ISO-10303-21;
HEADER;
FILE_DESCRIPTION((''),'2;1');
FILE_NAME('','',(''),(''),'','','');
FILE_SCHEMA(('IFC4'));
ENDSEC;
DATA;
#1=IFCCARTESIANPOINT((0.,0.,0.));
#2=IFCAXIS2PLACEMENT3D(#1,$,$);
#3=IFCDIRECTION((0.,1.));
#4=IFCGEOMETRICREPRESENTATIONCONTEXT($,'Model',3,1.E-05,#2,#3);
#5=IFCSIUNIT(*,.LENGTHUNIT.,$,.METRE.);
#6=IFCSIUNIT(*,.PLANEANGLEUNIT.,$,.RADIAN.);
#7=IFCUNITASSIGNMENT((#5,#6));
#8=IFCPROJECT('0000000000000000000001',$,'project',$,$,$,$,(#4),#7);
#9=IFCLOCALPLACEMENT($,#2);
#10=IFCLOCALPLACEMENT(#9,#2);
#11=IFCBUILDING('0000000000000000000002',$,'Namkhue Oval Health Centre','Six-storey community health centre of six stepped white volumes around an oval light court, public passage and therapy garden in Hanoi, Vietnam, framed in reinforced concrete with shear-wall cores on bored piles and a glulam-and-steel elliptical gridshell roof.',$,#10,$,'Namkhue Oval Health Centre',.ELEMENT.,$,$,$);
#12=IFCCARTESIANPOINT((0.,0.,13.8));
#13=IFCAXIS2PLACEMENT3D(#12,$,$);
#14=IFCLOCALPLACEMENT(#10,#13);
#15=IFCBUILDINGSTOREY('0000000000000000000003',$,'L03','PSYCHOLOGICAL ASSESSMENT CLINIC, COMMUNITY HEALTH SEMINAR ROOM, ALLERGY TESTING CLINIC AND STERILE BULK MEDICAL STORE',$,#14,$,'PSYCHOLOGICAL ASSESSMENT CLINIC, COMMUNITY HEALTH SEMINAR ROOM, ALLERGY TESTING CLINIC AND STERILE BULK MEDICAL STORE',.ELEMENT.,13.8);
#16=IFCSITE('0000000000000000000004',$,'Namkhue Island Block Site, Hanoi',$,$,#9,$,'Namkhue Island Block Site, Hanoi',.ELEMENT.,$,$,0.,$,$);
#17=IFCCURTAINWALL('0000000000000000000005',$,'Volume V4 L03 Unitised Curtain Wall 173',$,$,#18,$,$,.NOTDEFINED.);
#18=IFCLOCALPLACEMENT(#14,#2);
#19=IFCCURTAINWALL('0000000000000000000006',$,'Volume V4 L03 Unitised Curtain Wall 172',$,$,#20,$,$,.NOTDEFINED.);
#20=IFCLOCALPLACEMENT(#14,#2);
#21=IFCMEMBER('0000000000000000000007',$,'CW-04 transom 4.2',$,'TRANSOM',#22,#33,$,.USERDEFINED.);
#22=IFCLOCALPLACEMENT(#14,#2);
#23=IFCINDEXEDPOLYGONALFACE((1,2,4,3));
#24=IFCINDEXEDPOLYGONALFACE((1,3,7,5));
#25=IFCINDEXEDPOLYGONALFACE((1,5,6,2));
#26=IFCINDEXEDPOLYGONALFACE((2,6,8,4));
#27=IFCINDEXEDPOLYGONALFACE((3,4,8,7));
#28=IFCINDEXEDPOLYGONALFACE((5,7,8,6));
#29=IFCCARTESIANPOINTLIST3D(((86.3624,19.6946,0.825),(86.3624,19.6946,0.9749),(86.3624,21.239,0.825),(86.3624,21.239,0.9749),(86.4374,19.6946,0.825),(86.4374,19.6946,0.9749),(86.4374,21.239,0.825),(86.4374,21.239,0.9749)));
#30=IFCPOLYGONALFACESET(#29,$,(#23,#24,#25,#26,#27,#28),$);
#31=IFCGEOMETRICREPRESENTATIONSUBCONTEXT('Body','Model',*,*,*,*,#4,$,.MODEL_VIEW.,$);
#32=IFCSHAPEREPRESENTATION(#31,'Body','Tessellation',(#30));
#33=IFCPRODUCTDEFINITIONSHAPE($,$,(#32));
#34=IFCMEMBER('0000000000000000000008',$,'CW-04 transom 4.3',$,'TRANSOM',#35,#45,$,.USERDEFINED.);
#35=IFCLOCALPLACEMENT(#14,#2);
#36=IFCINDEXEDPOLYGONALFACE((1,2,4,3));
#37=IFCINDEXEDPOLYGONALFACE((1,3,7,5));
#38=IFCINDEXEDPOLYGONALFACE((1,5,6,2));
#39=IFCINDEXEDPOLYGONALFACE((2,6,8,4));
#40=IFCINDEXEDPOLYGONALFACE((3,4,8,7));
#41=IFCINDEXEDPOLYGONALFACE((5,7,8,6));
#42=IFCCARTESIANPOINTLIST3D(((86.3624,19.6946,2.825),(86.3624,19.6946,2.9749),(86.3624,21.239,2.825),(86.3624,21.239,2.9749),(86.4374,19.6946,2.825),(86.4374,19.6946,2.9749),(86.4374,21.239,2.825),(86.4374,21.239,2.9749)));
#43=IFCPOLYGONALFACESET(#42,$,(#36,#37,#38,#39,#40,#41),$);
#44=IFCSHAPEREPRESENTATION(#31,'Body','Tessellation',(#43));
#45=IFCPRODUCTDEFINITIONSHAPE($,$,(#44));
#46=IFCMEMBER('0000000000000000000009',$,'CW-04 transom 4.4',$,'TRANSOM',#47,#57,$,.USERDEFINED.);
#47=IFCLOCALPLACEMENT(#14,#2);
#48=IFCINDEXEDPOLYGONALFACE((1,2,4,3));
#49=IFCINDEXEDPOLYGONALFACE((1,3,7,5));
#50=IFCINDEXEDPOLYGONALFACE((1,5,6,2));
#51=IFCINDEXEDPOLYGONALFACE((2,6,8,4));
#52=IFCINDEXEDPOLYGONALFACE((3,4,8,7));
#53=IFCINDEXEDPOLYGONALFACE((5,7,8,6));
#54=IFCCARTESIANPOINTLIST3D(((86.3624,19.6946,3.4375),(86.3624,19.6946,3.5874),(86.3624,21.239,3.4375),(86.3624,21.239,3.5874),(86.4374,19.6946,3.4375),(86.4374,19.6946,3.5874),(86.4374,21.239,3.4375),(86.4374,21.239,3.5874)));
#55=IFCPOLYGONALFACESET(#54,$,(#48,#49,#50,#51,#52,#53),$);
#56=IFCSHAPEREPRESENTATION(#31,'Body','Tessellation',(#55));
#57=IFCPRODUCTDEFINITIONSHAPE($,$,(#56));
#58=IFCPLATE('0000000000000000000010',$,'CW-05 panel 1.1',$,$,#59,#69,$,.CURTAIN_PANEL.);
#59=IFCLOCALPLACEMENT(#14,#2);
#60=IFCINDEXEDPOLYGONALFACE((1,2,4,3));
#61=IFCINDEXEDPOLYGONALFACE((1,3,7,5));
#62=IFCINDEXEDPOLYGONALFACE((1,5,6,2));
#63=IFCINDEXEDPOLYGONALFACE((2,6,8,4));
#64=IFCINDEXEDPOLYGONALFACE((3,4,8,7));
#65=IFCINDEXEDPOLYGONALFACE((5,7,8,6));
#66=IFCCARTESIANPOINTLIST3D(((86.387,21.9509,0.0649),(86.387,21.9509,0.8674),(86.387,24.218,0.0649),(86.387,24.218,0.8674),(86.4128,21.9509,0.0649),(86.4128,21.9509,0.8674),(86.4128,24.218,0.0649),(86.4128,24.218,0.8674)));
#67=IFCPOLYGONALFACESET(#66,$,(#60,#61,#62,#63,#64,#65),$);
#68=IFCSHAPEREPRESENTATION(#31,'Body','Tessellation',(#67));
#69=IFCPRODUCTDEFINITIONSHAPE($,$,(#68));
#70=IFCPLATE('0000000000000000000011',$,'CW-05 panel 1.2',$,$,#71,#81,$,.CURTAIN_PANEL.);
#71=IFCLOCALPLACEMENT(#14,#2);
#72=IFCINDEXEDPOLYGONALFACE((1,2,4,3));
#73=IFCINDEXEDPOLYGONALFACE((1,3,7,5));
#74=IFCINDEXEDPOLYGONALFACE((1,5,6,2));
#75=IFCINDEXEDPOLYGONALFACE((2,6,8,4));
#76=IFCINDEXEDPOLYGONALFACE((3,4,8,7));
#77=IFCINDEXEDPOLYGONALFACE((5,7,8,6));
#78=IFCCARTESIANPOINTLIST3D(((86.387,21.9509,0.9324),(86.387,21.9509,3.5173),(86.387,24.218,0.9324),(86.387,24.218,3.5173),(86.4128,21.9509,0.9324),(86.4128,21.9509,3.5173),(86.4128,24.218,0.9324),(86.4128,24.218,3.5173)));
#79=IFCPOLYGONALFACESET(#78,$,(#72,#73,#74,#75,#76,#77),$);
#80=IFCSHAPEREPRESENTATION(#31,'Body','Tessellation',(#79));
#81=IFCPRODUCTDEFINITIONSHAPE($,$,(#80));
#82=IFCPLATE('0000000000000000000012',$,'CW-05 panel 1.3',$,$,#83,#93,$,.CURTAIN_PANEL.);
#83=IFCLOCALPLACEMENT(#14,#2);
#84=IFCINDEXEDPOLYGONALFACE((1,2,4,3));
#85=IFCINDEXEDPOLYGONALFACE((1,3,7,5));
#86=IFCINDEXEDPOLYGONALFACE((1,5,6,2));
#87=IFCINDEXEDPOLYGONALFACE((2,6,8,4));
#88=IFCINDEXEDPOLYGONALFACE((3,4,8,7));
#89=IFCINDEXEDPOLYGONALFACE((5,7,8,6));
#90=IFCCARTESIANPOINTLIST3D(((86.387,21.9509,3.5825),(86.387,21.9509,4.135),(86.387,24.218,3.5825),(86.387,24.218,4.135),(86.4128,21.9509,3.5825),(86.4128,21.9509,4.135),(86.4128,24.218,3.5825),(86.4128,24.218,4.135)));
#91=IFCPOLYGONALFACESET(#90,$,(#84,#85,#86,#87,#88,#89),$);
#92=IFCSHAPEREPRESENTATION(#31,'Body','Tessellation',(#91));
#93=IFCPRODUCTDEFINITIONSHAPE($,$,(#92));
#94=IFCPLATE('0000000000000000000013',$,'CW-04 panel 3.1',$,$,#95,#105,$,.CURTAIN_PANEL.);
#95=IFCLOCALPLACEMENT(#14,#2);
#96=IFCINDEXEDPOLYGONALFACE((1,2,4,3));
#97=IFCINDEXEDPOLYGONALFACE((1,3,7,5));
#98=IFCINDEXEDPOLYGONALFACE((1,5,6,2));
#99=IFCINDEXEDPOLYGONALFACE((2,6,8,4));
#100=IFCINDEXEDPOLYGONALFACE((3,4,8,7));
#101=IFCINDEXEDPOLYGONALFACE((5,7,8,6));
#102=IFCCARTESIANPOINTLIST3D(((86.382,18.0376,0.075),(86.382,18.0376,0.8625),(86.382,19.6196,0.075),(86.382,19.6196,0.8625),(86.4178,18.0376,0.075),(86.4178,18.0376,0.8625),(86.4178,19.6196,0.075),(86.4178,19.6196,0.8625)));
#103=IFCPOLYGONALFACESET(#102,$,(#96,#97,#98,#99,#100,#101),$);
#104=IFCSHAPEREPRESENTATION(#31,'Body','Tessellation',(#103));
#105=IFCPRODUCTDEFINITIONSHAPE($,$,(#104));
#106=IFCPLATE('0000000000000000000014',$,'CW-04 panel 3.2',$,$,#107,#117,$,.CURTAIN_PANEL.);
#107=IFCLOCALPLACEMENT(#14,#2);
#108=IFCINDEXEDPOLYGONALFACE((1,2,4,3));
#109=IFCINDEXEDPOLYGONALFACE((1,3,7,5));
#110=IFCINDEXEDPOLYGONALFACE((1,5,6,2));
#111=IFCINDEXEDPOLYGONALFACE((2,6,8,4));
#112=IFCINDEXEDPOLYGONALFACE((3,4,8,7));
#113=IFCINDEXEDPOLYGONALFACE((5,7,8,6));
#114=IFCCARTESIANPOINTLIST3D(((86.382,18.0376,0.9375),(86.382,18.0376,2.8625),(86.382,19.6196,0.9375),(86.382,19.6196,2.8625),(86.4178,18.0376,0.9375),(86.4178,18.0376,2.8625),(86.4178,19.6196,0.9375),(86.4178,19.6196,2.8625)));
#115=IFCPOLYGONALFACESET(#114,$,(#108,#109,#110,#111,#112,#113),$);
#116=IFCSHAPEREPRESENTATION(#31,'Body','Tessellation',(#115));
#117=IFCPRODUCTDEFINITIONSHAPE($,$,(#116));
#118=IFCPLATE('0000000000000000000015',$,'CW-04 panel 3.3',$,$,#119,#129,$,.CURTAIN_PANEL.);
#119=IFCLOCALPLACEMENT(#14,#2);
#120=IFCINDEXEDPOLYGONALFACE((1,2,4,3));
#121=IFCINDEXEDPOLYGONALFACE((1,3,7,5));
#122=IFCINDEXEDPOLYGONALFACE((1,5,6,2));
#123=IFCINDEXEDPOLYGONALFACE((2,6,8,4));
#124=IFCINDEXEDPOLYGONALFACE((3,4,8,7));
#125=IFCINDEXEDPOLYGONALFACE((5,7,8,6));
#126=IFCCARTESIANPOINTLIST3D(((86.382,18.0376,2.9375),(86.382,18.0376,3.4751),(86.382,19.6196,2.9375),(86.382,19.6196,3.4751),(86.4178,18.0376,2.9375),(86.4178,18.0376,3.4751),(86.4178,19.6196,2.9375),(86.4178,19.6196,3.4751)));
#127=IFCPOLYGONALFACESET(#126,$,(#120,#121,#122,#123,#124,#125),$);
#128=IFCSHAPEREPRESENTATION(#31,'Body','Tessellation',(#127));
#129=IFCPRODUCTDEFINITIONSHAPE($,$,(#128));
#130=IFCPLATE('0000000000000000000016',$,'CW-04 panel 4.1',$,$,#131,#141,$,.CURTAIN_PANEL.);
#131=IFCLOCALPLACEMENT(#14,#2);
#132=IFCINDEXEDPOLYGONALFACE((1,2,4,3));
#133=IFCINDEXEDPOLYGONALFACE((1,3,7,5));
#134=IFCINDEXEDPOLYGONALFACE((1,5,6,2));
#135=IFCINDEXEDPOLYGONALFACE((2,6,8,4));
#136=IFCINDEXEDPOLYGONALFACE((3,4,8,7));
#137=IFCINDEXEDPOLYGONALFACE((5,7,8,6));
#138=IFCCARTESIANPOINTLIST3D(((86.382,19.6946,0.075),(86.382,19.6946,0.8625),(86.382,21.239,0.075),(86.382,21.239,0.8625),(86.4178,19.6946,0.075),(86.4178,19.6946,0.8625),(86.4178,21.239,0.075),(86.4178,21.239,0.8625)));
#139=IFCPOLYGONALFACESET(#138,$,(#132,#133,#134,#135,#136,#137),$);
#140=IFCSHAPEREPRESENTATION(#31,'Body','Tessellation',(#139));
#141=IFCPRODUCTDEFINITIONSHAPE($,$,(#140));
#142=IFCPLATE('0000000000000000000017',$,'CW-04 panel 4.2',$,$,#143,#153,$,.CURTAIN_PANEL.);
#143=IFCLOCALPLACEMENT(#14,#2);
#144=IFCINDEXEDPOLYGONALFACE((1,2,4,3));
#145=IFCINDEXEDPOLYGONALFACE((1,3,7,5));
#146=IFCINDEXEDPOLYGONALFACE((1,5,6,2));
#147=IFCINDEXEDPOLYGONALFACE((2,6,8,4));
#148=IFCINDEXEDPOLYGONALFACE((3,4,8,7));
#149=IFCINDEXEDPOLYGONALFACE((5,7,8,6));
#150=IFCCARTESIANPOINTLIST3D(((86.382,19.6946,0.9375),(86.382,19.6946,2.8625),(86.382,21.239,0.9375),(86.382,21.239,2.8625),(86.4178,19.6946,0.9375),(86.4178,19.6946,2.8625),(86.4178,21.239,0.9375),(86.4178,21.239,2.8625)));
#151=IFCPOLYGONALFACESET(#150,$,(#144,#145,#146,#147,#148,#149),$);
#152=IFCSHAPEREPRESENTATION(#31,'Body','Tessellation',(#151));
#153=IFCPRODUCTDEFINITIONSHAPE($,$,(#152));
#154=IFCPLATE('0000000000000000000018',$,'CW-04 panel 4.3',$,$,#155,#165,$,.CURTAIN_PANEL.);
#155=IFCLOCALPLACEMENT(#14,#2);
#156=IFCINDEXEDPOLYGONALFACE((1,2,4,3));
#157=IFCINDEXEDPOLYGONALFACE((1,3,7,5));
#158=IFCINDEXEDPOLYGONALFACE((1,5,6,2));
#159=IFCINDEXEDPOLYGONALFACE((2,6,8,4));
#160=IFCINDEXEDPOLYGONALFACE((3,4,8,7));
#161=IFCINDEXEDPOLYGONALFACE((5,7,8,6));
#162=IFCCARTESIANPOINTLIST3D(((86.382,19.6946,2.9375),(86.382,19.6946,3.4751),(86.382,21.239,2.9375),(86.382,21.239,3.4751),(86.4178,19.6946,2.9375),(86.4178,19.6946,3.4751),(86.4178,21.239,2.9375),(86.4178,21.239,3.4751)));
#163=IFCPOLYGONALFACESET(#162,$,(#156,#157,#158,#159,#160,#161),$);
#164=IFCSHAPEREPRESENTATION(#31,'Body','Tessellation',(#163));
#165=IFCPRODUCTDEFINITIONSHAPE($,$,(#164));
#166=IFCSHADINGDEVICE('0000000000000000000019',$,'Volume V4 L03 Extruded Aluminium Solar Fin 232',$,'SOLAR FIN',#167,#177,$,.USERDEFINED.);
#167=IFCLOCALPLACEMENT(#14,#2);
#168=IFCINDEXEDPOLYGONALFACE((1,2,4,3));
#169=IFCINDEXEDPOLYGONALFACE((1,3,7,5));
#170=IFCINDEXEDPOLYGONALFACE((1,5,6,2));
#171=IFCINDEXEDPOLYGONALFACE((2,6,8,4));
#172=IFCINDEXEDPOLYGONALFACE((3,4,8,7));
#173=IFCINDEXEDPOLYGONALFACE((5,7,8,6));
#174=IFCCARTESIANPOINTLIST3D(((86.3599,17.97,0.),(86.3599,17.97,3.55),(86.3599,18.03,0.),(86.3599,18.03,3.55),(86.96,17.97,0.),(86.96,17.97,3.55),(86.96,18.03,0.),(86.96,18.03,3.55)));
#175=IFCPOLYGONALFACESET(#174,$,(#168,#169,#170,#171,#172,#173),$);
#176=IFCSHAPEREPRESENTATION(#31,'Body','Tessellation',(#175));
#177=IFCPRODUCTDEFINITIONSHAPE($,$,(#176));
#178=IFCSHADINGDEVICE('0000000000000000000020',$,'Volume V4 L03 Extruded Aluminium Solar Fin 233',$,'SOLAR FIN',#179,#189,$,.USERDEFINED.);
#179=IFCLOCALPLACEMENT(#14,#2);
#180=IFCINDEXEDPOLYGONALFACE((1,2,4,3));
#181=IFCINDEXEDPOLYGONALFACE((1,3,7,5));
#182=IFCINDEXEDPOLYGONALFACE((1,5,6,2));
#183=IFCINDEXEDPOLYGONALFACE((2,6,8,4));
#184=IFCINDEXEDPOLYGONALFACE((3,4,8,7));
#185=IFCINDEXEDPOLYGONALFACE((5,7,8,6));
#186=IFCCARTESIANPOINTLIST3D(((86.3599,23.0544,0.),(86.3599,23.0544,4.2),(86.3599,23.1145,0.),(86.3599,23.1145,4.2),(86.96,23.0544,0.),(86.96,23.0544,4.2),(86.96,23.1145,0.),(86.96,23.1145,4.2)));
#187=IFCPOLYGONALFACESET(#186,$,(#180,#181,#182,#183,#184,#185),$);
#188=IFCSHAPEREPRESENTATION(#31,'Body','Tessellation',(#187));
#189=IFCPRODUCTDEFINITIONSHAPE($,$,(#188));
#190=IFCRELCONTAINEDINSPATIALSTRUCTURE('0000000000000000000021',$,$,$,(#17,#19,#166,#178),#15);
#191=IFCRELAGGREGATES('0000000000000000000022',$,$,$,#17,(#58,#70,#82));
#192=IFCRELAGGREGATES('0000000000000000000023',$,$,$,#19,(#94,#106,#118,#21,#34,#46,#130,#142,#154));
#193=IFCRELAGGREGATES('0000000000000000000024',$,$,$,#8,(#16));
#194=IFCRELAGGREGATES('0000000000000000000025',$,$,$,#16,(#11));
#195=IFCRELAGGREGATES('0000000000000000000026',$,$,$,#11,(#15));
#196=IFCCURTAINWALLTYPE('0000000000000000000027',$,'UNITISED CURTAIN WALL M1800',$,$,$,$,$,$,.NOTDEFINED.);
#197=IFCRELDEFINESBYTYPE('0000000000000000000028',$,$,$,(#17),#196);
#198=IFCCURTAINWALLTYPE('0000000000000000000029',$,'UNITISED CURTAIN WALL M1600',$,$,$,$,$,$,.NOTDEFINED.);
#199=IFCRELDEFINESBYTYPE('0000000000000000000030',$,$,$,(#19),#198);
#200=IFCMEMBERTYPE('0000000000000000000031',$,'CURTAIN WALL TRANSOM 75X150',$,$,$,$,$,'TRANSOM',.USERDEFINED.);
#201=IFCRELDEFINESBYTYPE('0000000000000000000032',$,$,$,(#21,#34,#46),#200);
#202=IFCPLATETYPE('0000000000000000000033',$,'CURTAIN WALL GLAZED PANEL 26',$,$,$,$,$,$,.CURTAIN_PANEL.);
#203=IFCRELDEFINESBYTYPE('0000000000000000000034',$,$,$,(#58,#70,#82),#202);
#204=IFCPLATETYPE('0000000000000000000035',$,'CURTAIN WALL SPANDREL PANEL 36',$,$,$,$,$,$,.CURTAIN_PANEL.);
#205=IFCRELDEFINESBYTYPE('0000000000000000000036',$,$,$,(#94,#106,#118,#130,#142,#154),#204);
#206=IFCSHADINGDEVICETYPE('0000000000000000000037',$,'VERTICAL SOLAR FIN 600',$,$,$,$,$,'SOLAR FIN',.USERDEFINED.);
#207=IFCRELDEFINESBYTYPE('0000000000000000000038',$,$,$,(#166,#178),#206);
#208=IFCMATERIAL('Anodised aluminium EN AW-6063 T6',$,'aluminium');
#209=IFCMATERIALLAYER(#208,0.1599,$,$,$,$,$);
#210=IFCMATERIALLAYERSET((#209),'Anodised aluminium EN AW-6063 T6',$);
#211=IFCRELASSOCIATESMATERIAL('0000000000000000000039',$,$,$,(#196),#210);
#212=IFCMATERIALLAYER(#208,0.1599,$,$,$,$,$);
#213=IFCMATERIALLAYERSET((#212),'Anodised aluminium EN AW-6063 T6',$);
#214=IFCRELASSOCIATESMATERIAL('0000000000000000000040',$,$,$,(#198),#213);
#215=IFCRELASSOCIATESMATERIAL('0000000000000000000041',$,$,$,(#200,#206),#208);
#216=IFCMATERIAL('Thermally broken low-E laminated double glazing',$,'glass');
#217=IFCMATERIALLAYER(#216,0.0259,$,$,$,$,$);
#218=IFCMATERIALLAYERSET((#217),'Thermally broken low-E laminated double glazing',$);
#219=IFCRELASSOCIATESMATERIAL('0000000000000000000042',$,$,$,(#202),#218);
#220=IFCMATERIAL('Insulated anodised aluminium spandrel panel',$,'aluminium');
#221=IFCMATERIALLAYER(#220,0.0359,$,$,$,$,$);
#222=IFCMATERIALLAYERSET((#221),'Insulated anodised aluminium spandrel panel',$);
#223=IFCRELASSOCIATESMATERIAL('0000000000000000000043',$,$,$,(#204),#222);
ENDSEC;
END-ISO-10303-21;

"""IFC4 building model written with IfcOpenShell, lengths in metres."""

from ifc_helpers import new_model, si_unit, direction, frame, origin, origin_2d, place, context, subcontext, project, spatial, rectangle, extrude, material, layer, layer_set, material_profile, profile_set, type_object, element, aggregate, save


model = new_model("IFC4")

# Units and contexts
model_context = context("Model", 3, precision=1e-05, world=origin(), true_north=direction((0.0, 1.0)))
body_context = subcontext(model_context, "Body", "Model", "MODEL_VIEW")
ifc_project = project(units=[si_unit("LENGTHUNIT", "METRE"), si_unit("PLANEANGLEUNIT", "RADIAN")], contexts=[model_context])

# Site, building, storey
site_placement = place(None, origin())
site = spatial("IfcSite", under=ifc_project, at=site_placement, Name="Namkhue Island Block Site, Hanoi", LongName="Namkhue Island Block Site, Hanoi", CompositionType="ELEMENT", RefElevation=0.0)
building_placement = place(site_placement, origin())
building = spatial("IfcBuilding", under=site, at=building_placement, Name="Namkhue Oval Health Centre", Description="Six-storey community health centre of six stepped white volumes around an oval light court, public passage and therapy garden in Hanoi, Vietnam, framed in reinforced concrete with shear-wall cores on bored piles and a glulam-and-steel elliptical gridshell roof.", LongName="Namkhue Oval Health Centre", CompositionType="ELEMENT")
storey_placement = place(building_placement, frame((0.0, 0.0, 13.8)))
storey = spatial("IfcBuildingStorey", under=building, at=storey_placement, Name="L03", Description="PSYCHOLOGICAL ASSESSMENT CLINIC, COMMUNITY HEALTH SEMINAR ROOM, ALLERGY TESTING CLINIC AND STERILE BULK MEDICAL STORE", LongName="PSYCHOLOGICAL ASSESSMENT CLINIC, COMMUNITY HEALTH SEMINAR ROOM, ALLERGY TESTING CLINIC AND STERILE BULK MEDICAL STORE", CompositionType="ELEMENT", Elevation=13.8)

# Curtain walls
ifc_material_1 = material(Name="Anodised aluminium EN AW-6063 T6", Category="aluminium")
ifc_layer_1 = layer(ifc_material_1, 0.1599)
ifc_layer_set_1 = layer_set([ifc_layer_1], Name="Anodised aluminium EN AW-6063 T6")
curtain_wall_type_1 = type_object("IfcCurtainWallType", Name="UNITISED CURTAIN WALL M1800", PredefinedType="NOTDEFINED", material=ifc_layer_set_1)
curtain_wall_1_placement = place(storey_placement, origin())
curtain_wall_1 = element("IfcCurtainWall", 1, at=curtain_wall_1_placement, inside=storey, type_object=curtain_wall_type_1, Name="Volume V4 L03 Unitised Curtain Wall 173", PredefinedType="NOTDEFINED")
ifc_layer_2 = layer(ifc_material_1, 0.1599)
ifc_layer_set_2 = layer_set([ifc_layer_2], Name="Anodised aluminium EN AW-6063 T6")
curtain_wall_type_2 = type_object("IfcCurtainWallType", Name="UNITISED CURTAIN WALL M1600", PredefinedType="NOTDEFINED", material=ifc_layer_set_2)
curtain_wall_2_placement = place(storey_placement, origin())
curtain_wall_2 = element("IfcCurtainWall", 2, at=curtain_wall_2_placement, inside=storey, type_object=curtain_wall_type_2, Name="Volume V4 L03 Unitised Curtain Wall 172", PredefinedType="NOTDEFINED")

# Members
ifc_material_profile_1 = material_profile(ifc_material_1, rectangle(XDim=0.075, YDim=0.1499, at=origin_2d()), Name="ALU 75x150")
ifc_profile_set_1 = profile_set([ifc_material_profile_1], Name="Anodised aluminium EN AW-6063 T6")
member_type_1 = type_object("IfcMemberType", Name="CURTAIN WALL TRANSOM 75X150", ElementType="TRANSOM", PredefinedType="USERDEFINED", material=ifc_profile_set_1)
member_1_placement = place(storey_placement, frame((86.3999, 19.6946, 0.8999), z_axis=(0.0, 1.0, 0.0), x_axis=(-1.0, 0.0, 0.0)))
member_1 = element("IfcMember", 3, at=member_1_placement, type_object=member_type_1, Name="CW-04 transom 4.2", ObjectType="TRANSOM", PredefinedType="USERDEFINED", context=body_context, shape_type="SweptSolid", body=[
    extrude(rectangle(XDim=0.075, YDim=0.1499, at=origin_2d()), origin(), (0.0, 0.0, 1.0), 1.5444),
])
member_2_placement = place(storey_placement, frame((86.3999, 19.6946, 2.8999), z_axis=(0.0, 1.0, 0.0), x_axis=(-1.0, 0.0, 0.0)))
member_2 = element("IfcMember", 4, at=member_2_placement, type_object=member_type_1, Name="CW-04 transom 4.3", ObjectType="TRANSOM", PredefinedType="USERDEFINED", context=body_context, shape_type="SweptSolid", body=[
    extrude(rectangle(XDim=0.075, YDim=0.1499, at=origin_2d()), origin(), (0.0, 0.0, 1.0), 1.5444),
])
member_3_placement = place(storey_placement, frame((86.3999, 19.6946, 3.5125), z_axis=(0.0, 1.0, 0.0), x_axis=(-1.0, 0.0, 0.0)))
member_3 = element("IfcMember", 5, at=member_3_placement, type_object=member_type_1, Name="CW-04 transom 4.4", ObjectType="TRANSOM", PredefinedType="USERDEFINED", context=body_context, shape_type="SweptSolid", body=[
    extrude(rectangle(XDim=0.075, YDim=0.1499, at=origin_2d()), origin(), (0.0, 0.0, 1.0), 1.5444),
])

# Plates
ifc_material_2 = material(Name="Thermally broken low-E laminated double glazing", Category="glass")
ifc_layer_3 = layer(ifc_material_2, 0.0259)
ifc_layer_set_3 = layer_set([ifc_layer_3], Name="Thermally broken low-E laminated double glazing")
plate_type_1 = type_object("IfcPlateType", Name="CURTAIN WALL GLAZED PANEL 26", PredefinedType="CURTAIN_PANEL", material=ifc_layer_set_3)
plate_1_placement = place(storey_placement, frame((86.3999, 23.0845, 0.0649), z_axis=(0.0, 0.0, 1.0), x_axis=(0.0, 1.0, 0.0)))
plate_1 = element("IfcPlate", 6, at=plate_1_placement, type_object=plate_type_1, Name="CW-05 panel 1.1", PredefinedType="CURTAIN_PANEL", context=body_context, shape_type="SweptSolid", body=[
    extrude(rectangle(XDim=2.2671, YDim=0.0259, at=origin_2d()), origin(), (0.0, 0.0, 1.0), 0.8025),
])
plate_2_placement = place(storey_placement, frame((86.3999, 23.0845, 0.9324), z_axis=(0.0, 0.0, 1.0), x_axis=(0.0, 1.0, 0.0)))
plate_2 = element("IfcPlate", 7, at=plate_2_placement, type_object=plate_type_1, Name="CW-05 panel 1.2", PredefinedType="CURTAIN_PANEL", context=body_context, shape_type="SweptSolid", body=[
    extrude(rectangle(XDim=2.2671, YDim=0.0259, at=origin_2d()), origin(), (0.0, 0.0, 1.0), 2.585),
])
plate_3_placement = place(storey_placement, frame((86.3999, 23.0845, 3.5825), z_axis=(0.0, 0.0, 1.0), x_axis=(0.0, 1.0, 0.0)))
plate_3 = element("IfcPlate", 8, at=plate_3_placement, type_object=plate_type_1, Name="CW-05 panel 1.3", PredefinedType="CURTAIN_PANEL", context=body_context, shape_type="SweptSolid", body=[
    extrude(rectangle(XDim=2.2671, YDim=0.0259, at=origin_2d()), origin(), (0.0, 0.0, 1.0), 0.5525),
])
aggregate(curtain_wall_1, [plate_1, plate_2, plate_3])
ifc_material_3 = material(Name="Insulated anodised aluminium spandrel panel", Category="aluminium")
ifc_layer_4 = layer(ifc_material_3, 0.0359)
ifc_layer_set_4 = layer_set([ifc_layer_4], Name="Insulated anodised aluminium spandrel panel")
plate_type_2 = type_object("IfcPlateType", Name="CURTAIN WALL SPANDREL PANEL 36", PredefinedType="CURTAIN_PANEL", material=ifc_layer_set_4)
plate_4_placement = place(storey_placement, frame((86.3999, 18.8286, 0.075), z_axis=(0.0, 0.0, 1.0), x_axis=(0.0, 1.0, 0.0)))
plate_4 = element("IfcPlate", 9, at=plate_4_placement, type_object=plate_type_2, Name="CW-04 panel 3.1", PredefinedType="CURTAIN_PANEL", context=body_context, shape_type="SweptSolid", body=[
    extrude(rectangle(XDim=1.582, YDim=0.0359, at=origin_2d()), origin(), (0.0, 0.0, 1.0), 0.7876),
])
plate_5_placement = place(storey_placement, frame((86.3999, 18.8286, 0.9375), z_axis=(0.0, 0.0, 1.0), x_axis=(0.0, 1.0, 0.0)))
plate_5 = element("IfcPlate", 10, at=plate_5_placement, type_object=plate_type_2, Name="CW-04 panel 3.2", PredefinedType="CURTAIN_PANEL", context=body_context, shape_type="SweptSolid", body=[
    extrude(rectangle(XDim=1.582, YDim=0.0359, at=origin_2d()), origin(), (0.0, 0.0, 1.0), 1.925),
])
plate_6_placement = place(storey_placement, frame((86.3999, 18.8286, 2.9375), z_axis=(0.0, 0.0, 1.0), x_axis=(0.0, 1.0, 0.0)))
plate_6 = element("IfcPlate", 11, at=plate_6_placement, type_object=plate_type_2, Name="CW-04 panel 3.3", PredefinedType="CURTAIN_PANEL", context=body_context, shape_type="SweptSolid", body=[
    extrude(rectangle(XDim=1.582, YDim=0.0359, at=origin_2d()), origin(), (0.0, 0.0, 1.0), 0.5376),
])
plate_7_placement = place(storey_placement, frame((86.3999, 20.4668, 0.075), z_axis=(0.0, 0.0, 1.0), x_axis=(0.0, 1.0, 0.0)))
plate_7 = element("IfcPlate", 12, at=plate_7_placement, type_object=plate_type_2, Name="CW-04 panel 4.1", PredefinedType="CURTAIN_PANEL", context=body_context, shape_type="SweptSolid", body=[
    extrude(rectangle(XDim=1.5444, YDim=0.0359, at=origin_2d()), origin(), (0.0, 0.0, 1.0), 0.7876),
])
plate_8_placement = place(storey_placement, frame((86.3999, 20.4668, 0.9375), z_axis=(0.0, 0.0, 1.0), x_axis=(0.0, 1.0, 0.0)))
plate_8 = element("IfcPlate", 13, at=plate_8_placement, type_object=plate_type_2, Name="CW-04 panel 4.2", PredefinedType="CURTAIN_PANEL", context=body_context, shape_type="SweptSolid", body=[
    extrude(rectangle(XDim=1.5444, YDim=0.0359, at=origin_2d()), origin(), (0.0, 0.0, 1.0), 1.925),
])
plate_9_placement = place(storey_placement, frame((86.3999, 20.4668, 2.9375), z_axis=(0.0, 0.0, 1.0), x_axis=(0.0, 1.0, 0.0)))
plate_9 = element("IfcPlate", 14, at=plate_9_placement, type_object=plate_type_2, Name="CW-04 panel 4.3", PredefinedType="CURTAIN_PANEL", context=body_context, shape_type="SweptSolid", body=[
    extrude(rectangle(XDim=1.5444, YDim=0.0359, at=origin_2d()), origin(), (0.0, 0.0, 1.0), 0.5376),
])
aggregate(curtain_wall_2, [plate_4, plate_5, plate_6, member_1, member_2, member_3, plate_7, plate_8, plate_9])

# Shading devices
shading_device_type = type_object("IfcShadingDeviceType", Name="VERTICAL SOLAR FIN 600", ElementType="SOLAR FIN", PredefinedType="USERDEFINED", material=ifc_material_1)
shading_device_1_placement = place(storey_placement, frame((86.6599, 18.0, 0.0), z_axis=(0.0, 0.0, 1.0), x_axis=(1.0, 0.0, 0.0)))
element("IfcShadingDevice", 15, at=shading_device_1_placement, inside=storey, type_object=shading_device_type, Name="Volume V4 L03 Extruded Aluminium Solar Fin 232", ObjectType="SOLAR FIN", PredefinedType="USERDEFINED", context=body_context, shape_type="SweptSolid", body=[
    extrude(rectangle(XDim=0.6001, YDim=0.0601, at=origin_2d()), origin(), (0.0, 0.0, 1.0), 3.55),
])
shading_device_2_placement = place(storey_placement, frame((86.6599, 23.0845, 0.0), z_axis=(0.0, 0.0, 1.0), x_axis=(1.0, 0.0, 0.0)))
element("IfcShadingDevice", 16, at=shading_device_2_placement, inside=storey, type_object=shading_device_type, Name="Volume V4 L03 Extruded Aluminium Solar Fin 233", ObjectType="SOLAR FIN", PredefinedType="USERDEFINED", context=body_context, shape_type="SweptSolid", body=[
    extrude(rectangle(XDim=0.6001, YDim=0.0601, at=origin_2d()), origin(), (0.0, 0.0, 1.0), 4.2),
])

save(model, "model.ifc")
